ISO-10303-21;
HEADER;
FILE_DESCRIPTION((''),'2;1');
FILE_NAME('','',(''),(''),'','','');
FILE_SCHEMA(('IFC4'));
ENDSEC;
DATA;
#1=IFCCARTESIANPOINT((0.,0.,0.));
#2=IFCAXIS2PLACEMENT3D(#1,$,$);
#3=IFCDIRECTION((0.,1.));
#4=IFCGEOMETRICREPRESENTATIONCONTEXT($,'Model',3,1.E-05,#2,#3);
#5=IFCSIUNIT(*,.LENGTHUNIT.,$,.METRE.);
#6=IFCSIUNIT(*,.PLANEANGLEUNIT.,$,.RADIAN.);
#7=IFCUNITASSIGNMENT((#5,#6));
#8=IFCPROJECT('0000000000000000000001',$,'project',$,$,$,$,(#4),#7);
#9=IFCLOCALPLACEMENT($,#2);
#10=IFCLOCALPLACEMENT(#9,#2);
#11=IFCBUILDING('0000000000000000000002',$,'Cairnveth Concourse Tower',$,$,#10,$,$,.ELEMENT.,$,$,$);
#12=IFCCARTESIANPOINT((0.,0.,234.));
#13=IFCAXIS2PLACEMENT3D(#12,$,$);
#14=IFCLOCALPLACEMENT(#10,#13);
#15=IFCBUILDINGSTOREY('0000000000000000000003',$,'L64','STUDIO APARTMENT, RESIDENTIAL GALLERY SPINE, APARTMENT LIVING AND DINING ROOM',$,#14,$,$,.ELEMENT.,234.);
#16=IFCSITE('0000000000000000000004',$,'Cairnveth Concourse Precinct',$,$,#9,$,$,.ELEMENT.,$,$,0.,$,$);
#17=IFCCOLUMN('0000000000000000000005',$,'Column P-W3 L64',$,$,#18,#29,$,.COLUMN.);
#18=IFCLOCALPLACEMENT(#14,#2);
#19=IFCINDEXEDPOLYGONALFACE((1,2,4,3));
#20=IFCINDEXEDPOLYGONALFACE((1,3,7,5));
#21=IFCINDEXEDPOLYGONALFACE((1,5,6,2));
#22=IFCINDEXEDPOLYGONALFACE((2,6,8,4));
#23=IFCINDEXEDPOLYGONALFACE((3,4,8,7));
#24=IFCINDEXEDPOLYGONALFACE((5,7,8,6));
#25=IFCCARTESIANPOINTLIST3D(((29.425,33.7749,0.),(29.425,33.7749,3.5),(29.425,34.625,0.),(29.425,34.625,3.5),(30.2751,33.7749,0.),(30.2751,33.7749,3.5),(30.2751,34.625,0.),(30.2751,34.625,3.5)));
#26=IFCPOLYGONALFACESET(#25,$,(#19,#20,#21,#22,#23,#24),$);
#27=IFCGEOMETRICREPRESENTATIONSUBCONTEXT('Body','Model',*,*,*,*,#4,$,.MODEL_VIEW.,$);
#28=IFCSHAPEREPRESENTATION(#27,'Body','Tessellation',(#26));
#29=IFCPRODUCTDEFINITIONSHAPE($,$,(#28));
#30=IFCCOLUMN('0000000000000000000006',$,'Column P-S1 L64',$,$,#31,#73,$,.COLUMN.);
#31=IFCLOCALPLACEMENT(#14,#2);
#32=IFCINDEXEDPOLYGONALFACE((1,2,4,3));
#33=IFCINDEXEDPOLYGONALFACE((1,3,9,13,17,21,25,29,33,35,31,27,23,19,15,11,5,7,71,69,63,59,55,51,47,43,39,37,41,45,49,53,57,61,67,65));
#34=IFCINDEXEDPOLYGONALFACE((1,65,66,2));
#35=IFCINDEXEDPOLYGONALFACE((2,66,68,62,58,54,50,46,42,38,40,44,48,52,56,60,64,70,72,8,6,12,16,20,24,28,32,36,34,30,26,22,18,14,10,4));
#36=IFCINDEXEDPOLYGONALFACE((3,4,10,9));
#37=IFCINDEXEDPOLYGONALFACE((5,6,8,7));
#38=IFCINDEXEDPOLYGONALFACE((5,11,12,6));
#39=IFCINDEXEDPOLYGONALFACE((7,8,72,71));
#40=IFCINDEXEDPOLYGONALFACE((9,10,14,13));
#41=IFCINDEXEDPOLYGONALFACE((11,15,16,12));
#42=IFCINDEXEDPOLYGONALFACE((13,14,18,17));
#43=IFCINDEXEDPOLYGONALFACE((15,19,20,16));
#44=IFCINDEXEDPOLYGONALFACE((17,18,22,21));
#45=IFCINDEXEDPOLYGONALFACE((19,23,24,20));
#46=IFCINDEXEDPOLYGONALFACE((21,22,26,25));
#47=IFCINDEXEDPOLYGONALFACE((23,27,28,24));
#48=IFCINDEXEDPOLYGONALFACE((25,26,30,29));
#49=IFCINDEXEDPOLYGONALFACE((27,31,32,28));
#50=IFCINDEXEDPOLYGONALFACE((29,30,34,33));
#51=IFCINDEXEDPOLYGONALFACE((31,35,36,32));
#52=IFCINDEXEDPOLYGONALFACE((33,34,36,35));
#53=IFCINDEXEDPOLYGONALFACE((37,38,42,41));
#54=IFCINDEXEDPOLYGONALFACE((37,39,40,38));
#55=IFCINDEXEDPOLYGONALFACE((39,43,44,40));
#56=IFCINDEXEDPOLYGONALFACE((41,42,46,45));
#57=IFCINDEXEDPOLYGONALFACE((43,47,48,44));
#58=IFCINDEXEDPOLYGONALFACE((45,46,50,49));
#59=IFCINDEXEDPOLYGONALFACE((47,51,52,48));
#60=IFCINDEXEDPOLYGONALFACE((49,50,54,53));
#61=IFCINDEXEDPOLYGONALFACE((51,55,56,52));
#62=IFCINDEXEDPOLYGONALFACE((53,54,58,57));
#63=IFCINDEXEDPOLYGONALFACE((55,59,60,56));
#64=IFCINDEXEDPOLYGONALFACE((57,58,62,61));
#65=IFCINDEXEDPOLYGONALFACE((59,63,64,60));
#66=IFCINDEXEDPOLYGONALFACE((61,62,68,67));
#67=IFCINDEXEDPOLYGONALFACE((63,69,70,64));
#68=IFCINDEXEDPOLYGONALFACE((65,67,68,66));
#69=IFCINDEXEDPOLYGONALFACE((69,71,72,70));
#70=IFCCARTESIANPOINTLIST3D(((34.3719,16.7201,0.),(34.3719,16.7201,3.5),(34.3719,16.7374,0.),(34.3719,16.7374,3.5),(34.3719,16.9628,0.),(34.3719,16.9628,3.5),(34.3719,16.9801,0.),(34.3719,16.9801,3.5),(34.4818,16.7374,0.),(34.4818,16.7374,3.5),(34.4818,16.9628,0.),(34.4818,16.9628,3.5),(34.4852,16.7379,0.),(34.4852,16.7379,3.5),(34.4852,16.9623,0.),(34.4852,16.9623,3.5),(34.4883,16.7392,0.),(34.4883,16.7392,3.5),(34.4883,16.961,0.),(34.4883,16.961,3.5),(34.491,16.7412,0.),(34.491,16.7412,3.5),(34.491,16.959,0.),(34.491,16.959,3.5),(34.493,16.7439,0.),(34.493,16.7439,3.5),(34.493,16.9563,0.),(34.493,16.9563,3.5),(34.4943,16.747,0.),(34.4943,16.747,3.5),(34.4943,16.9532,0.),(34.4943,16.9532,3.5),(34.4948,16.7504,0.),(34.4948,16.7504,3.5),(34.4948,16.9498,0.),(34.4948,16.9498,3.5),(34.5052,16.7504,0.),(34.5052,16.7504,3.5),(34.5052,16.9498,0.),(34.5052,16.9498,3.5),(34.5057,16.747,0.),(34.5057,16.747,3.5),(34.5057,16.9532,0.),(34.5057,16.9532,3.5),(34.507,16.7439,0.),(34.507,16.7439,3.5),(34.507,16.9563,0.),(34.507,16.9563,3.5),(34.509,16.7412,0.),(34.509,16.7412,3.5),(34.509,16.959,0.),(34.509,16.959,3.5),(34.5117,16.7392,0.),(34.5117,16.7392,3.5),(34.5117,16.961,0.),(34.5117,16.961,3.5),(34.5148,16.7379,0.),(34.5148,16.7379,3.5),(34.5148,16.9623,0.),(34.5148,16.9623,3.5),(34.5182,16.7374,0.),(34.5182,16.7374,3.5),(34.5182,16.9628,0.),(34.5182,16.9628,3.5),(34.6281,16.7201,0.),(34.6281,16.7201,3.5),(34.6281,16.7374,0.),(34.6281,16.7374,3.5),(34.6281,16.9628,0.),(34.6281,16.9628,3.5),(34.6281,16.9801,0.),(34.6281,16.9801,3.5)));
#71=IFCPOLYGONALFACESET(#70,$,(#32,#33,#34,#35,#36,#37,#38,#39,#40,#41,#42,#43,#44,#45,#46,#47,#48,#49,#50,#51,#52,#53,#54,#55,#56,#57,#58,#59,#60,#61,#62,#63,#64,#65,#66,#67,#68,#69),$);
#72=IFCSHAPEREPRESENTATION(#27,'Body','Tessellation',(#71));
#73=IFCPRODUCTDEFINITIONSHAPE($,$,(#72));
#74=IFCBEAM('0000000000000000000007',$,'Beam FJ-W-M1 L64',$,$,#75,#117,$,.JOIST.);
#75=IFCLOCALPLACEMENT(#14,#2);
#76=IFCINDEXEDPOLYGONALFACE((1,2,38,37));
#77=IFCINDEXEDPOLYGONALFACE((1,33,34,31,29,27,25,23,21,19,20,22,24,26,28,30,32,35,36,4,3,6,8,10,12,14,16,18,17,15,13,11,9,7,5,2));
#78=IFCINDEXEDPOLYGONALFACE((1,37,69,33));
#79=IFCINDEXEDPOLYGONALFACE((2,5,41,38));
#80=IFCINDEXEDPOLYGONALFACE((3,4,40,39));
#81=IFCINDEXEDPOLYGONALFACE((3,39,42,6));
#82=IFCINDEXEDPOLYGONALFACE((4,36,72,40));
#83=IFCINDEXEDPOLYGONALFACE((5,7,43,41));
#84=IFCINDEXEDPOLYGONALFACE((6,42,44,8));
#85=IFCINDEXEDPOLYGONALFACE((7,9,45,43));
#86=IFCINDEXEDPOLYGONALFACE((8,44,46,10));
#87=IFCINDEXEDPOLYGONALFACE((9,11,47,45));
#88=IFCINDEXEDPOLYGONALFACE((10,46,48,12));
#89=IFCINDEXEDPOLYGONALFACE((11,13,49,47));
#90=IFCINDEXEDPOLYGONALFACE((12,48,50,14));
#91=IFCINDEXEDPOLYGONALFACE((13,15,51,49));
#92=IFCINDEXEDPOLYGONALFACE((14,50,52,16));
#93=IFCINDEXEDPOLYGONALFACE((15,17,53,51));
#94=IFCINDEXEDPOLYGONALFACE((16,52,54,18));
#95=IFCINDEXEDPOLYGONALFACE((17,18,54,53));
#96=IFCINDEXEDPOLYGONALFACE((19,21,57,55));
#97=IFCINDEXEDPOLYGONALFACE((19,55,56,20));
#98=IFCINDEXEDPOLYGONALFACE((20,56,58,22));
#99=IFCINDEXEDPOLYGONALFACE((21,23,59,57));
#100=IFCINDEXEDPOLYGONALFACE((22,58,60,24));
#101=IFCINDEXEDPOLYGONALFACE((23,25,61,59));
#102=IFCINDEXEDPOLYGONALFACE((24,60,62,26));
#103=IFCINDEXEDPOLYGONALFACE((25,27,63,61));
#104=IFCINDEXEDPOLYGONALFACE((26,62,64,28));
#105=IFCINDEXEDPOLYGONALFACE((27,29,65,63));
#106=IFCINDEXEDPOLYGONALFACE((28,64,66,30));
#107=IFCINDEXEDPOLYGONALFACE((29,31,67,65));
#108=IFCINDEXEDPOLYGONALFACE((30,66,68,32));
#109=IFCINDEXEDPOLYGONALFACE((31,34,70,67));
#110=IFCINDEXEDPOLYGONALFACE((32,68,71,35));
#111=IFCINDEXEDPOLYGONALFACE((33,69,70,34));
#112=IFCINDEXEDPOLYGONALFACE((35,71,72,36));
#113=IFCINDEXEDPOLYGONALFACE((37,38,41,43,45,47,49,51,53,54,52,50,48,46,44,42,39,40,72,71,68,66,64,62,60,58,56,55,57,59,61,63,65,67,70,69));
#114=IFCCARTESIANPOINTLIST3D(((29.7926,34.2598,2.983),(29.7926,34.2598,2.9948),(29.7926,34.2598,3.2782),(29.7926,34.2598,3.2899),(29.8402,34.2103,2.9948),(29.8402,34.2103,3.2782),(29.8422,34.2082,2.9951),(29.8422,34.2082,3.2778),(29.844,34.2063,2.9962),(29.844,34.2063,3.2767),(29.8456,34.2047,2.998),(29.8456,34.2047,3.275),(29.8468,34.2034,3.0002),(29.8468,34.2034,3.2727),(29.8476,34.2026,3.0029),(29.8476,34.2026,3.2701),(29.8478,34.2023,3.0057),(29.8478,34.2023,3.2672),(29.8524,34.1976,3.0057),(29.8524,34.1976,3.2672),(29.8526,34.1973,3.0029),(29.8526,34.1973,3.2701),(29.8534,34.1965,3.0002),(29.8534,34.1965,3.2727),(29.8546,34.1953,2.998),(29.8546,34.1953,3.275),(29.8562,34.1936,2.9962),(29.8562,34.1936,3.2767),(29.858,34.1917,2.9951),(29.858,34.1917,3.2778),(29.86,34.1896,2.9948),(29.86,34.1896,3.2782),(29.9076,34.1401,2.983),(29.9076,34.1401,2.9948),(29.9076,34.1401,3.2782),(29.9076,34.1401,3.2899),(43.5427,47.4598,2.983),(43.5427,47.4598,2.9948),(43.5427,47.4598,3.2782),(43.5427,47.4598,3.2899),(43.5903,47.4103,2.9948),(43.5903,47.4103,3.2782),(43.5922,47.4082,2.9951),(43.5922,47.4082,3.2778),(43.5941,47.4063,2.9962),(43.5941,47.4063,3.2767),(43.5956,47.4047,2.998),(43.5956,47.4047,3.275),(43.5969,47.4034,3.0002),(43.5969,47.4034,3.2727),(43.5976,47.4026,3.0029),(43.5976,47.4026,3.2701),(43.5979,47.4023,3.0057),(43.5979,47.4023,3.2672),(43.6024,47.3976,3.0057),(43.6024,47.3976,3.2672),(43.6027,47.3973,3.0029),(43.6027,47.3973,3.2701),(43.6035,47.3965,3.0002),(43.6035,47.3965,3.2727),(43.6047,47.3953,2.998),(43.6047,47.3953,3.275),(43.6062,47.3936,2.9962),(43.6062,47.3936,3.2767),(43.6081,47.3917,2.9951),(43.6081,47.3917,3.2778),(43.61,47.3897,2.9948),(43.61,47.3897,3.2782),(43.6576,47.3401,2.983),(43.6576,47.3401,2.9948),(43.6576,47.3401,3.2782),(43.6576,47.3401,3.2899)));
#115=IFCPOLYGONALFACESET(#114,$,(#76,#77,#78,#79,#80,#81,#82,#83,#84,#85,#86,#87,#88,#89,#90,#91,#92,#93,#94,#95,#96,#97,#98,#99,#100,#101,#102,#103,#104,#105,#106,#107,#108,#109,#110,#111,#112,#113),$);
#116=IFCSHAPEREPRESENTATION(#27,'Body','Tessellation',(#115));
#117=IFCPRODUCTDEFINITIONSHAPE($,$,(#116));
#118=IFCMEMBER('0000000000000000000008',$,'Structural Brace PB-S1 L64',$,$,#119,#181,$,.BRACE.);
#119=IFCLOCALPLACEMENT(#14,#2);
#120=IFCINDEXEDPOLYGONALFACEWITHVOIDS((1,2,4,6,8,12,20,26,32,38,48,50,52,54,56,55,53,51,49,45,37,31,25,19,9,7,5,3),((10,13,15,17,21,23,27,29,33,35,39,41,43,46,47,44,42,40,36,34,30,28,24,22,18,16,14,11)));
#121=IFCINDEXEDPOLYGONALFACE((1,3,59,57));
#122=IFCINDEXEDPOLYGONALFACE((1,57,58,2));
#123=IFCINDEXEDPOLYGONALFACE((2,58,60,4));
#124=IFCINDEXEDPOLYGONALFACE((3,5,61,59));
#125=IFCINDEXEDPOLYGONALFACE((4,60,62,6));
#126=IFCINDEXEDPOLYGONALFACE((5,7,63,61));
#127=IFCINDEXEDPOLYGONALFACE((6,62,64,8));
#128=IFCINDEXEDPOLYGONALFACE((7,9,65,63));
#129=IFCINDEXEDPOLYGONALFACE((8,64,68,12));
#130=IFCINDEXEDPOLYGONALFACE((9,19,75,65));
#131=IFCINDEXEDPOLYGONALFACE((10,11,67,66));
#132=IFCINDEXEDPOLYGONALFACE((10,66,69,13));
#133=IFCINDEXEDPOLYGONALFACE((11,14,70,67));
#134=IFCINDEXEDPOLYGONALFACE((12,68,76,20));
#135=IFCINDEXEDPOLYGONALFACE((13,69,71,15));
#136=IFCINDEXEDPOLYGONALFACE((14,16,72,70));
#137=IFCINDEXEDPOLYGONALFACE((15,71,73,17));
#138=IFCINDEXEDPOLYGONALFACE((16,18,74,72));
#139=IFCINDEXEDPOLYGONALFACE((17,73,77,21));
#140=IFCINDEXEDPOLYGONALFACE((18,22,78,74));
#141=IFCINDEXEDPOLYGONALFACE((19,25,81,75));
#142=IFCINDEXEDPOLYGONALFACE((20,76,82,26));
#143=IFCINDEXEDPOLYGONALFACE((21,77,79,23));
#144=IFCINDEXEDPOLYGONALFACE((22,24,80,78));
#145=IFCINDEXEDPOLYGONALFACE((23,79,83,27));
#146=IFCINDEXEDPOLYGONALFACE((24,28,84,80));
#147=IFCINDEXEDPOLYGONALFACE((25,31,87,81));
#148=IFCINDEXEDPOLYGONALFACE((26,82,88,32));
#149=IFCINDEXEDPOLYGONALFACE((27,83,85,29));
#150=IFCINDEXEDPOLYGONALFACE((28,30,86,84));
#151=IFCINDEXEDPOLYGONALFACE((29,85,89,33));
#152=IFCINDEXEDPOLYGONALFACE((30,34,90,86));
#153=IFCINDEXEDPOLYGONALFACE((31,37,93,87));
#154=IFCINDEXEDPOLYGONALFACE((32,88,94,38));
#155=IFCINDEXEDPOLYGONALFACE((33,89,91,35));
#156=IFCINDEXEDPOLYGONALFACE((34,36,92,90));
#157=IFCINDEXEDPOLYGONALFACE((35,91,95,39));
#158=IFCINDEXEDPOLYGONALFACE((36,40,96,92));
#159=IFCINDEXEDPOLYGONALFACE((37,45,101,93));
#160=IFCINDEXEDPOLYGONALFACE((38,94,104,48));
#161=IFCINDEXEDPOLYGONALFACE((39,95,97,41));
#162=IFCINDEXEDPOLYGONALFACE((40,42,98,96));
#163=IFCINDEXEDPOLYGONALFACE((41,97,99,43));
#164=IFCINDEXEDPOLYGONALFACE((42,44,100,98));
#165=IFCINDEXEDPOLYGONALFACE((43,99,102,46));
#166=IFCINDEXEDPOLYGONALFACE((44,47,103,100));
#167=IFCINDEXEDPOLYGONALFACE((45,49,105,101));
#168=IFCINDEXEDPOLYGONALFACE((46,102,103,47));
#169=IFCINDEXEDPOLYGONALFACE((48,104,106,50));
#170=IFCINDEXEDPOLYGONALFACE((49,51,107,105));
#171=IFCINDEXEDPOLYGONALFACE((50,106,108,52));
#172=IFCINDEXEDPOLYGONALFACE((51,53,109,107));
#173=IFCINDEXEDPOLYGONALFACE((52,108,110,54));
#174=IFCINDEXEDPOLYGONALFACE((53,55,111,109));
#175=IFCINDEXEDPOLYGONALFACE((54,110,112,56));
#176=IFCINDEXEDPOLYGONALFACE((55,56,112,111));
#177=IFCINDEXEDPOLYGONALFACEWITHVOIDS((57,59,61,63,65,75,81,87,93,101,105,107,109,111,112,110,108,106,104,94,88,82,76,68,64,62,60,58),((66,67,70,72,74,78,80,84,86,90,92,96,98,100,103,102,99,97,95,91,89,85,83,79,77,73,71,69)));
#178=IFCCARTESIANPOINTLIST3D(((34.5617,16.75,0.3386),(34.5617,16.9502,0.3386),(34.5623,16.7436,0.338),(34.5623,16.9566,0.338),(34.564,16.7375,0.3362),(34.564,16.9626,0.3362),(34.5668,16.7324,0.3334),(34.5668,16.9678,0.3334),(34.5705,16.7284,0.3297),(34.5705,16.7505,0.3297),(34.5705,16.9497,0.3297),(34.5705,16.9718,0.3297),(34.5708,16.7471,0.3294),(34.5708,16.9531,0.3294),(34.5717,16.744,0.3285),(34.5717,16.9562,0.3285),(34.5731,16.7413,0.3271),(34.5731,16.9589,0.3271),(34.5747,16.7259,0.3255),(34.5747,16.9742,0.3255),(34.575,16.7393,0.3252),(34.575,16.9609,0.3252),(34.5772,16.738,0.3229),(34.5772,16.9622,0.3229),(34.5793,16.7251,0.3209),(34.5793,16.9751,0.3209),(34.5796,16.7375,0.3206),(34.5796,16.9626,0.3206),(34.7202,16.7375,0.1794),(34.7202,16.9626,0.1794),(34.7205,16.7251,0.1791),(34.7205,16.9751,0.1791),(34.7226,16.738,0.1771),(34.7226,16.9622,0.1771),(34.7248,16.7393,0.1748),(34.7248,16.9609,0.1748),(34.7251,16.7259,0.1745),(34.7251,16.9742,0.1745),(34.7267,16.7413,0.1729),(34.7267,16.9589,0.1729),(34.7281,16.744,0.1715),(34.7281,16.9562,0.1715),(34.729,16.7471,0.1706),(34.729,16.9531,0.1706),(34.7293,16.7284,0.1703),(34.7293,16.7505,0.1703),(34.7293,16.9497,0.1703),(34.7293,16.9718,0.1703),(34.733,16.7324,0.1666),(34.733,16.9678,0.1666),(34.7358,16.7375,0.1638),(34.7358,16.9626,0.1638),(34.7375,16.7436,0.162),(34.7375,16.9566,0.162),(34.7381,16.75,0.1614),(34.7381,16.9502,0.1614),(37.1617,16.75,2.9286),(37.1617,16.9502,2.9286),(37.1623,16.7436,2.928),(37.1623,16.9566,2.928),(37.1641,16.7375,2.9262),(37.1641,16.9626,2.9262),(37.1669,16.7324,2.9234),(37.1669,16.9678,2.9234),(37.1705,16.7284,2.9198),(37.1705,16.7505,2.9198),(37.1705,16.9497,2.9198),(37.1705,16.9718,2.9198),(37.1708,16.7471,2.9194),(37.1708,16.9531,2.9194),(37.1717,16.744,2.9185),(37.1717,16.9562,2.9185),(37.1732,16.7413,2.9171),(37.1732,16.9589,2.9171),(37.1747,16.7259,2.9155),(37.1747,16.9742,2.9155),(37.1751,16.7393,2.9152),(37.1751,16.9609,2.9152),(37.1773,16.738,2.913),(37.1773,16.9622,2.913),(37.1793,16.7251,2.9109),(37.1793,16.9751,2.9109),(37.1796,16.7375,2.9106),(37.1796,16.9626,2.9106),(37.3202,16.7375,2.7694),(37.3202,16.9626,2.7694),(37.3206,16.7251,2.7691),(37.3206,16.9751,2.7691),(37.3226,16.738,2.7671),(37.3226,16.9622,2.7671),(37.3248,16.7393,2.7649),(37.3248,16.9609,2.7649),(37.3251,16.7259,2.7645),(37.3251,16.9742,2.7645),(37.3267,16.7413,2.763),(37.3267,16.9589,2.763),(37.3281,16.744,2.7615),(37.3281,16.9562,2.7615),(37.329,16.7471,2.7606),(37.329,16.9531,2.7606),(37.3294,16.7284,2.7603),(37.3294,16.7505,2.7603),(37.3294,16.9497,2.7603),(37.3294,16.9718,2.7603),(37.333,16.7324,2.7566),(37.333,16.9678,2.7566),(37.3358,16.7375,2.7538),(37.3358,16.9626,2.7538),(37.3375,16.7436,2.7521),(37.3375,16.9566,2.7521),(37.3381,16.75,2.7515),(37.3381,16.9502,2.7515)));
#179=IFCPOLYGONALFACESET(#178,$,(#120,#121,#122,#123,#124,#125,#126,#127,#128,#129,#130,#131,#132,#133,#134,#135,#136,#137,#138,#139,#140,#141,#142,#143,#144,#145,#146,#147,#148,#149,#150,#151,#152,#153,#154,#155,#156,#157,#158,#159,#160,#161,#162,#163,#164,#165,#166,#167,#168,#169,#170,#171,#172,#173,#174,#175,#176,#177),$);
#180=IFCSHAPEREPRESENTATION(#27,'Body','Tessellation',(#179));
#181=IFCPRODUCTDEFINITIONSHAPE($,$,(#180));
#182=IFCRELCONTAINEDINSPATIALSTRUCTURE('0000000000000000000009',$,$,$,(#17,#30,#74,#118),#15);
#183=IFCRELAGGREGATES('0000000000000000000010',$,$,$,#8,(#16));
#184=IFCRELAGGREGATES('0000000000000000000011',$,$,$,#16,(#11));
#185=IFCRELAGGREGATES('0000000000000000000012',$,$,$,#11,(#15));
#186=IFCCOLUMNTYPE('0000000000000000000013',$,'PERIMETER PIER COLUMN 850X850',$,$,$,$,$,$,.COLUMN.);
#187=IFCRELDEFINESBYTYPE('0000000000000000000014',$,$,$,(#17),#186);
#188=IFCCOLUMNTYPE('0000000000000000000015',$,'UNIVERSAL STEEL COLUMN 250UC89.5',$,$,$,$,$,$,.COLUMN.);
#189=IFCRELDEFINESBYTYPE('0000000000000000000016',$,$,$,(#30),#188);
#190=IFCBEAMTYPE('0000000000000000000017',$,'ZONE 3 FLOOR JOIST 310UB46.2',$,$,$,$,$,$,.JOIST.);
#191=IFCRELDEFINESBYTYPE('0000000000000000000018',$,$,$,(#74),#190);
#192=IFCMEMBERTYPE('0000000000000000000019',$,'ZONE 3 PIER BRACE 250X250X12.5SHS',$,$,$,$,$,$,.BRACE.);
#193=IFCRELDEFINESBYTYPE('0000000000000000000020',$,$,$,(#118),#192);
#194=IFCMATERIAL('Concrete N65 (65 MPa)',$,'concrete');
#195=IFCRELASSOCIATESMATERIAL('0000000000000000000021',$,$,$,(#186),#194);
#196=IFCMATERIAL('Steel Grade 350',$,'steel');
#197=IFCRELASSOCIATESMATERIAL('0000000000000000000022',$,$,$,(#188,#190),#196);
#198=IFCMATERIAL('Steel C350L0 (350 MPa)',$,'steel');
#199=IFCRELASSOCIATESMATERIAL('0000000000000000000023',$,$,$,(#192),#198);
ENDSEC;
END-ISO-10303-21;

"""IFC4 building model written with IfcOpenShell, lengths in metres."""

from ifc_helpers import new_model, si_unit, direction, frame, origin, origin_2d, place, context, subcontext, project, spatial, rectangle, hollow_rectangle, i_section, extrude, material, material_profile, profile_set, type_object, element, save


model = new_model("IFC4")

# Units and contexts
model_context = context("Model", 3, precision=1e-05, world=origin(), true_north=direction((0.0, 1.0)))
body_context = subcontext(model_context, "Body", "Model", "MODEL_VIEW")
ifc_project = project(units=[si_unit("LENGTHUNIT", "METRE"), si_unit("PLANEANGLEUNIT", "RADIAN")], contexts=[model_context])

# Site, building, storey
site_placement = place(None, origin())
site = spatial("IfcSite", under=ifc_project, at=site_placement, Name="Cairnveth Concourse Precinct", CompositionType="ELEMENT", RefElevation=0.0)
building_placement = place(site_placement, origin())
building = spatial("IfcBuilding", under=site, at=building_placement, Name="Cairnveth Concourse Tower", CompositionType="ELEMENT")
storey_placement = place(building_placement, frame((0.0, 0.0, 234.0)))
storey = spatial("IfcBuildingStorey", under=building, at=storey_placement, Name="L64", Description="STUDIO APARTMENT, RESIDENTIAL GALLERY SPINE, APARTMENT LIVING AND DINING ROOM", CompositionType="ELEMENT", Elevation=234.0)

# Columns
ifc_material_1 = material(Name="Concrete N65 (65 MPa)", Category="concrete")
ifc_material_profile_1 = material_profile(ifc_material_1, rectangle(XDim=0.8501, YDim=0.8501, at=origin_2d()), Name="RC-COL-850x850")
ifc_profile_set_1 = profile_set([ifc_material_profile_1], Name="Concrete N65 (65 MPa)")
column_type_1 = type_object("IfcColumnType", Name="PERIMETER PIER COLUMN 850X850", PredefinedType="COLUMN", material=ifc_profile_set_1)
column_1_placement = place(storey_placement, frame((29.8501, 34.2, 0.0), z_axis=(0.0, 0.0, 1.0), x_axis=(0.0, 1.0, 0.0)))
element("IfcColumn", 1, at=column_1_placement, inside=storey, type_object=column_type_1, Name="Column P-W3 L64", PredefinedType="COLUMN", context=body_context, shape_type="SweptSolid", body=[
    extrude(rectangle(XDim=0.8501, YDim=0.8501, at=origin_2d()), origin(), (0.0, 0.0, 1.0), 3.5),
])
ifc_material_2 = material(Name="Steel Grade 350", Category="steel")
ifc_material_profile_2 = material_profile(ifc_material_2, i_section(OverallWidth=0.2561, OverallDepth=0.26, WebThickness=0.0105, FlangeThickness=0.0173, FilletRadius=0.0129, at=origin_2d()), Name="250UC89.5")
ifc_profile_set_2 = profile_set([ifc_material_profile_2], Name="Steel Grade 350")
column_type_2 = type_object("IfcColumnType", Name="UNIVERSAL STEEL COLUMN 250UC89.5", PredefinedType="COLUMN", material=ifc_profile_set_2)
column_2_placement = place(storey_placement, frame((34.5, 16.8501, 0.0), z_axis=(0.0, 0.0, 1.0), x_axis=(1.0, 0.0, 0.0)))
element("IfcColumn", 2, at=column_2_placement, inside=storey, type_object=column_type_2, Name="Column P-S1 L64", PredefinedType="COLUMN", context=body_context, shape_type="SweptSolid", body=[
    extrude(i_section(OverallWidth=0.2561, OverallDepth=0.26, WebThickness=0.0105, FlangeThickness=0.0173, FilletRadius=0.0129, at=origin_2d()), origin(), (0.0, 0.0, 1.0), 3.5),
])

# Beam
ifc_material_profile_3 = material_profile(ifc_material_2, i_section(OverallWidth=0.166, OverallDepth=0.3069, WebThickness=0.0066, FlangeThickness=0.0117, FilletRadius=0.011, at=origin_2d()), Name="310UB46.2")
ifc_profile_set_3 = profile_set([ifc_material_profile_3], Name="Steel Grade 350")
beam_type_1 = type_object("IfcBeamType", Name="ZONE 3 FLOOR JOIST 310UB46.2", PredefinedType="JOIST", material=ifc_profile_set_3)
beam_1_placement = place(storey_placement, frame((29.8501, 34.2, 3.1365), z_axis=(0.721389, 0.69253, 0.0), x_axis=(-0.69253, 0.721389, 0.0)))
element("IfcBeam", 3, at=beam_1_placement, inside=storey, type_object=beam_type_1, Name="Beam FJ-W-M1 L64", PredefinedType="JOIST", context=body_context, shape_type="SweptSolid", body=[
    extrude(i_section(OverallWidth=0.166, OverallDepth=0.3069, WebThickness=0.0066, FlangeThickness=0.0117, FilletRadius=0.011, at=origin_2d()), origin(), (0.0, 0.0, 1.0), 19.0605),
])

# Member
ifc_material_3 = material(Name="Steel C350L0 (350 MPa)", Category="steel")
ifc_material_profile_4 = material_profile(ifc_material_3, hollow_rectangle(XDim=0.25, YDim=0.25, WallThickness=0.0125, InnerFilletRadius=0.0129, OuterFilletRadius=0.0249, at=origin_2d()), Name="250x250x12.5SHS")
ifc_profile_set_4 = profile_set([ifc_material_profile_4], Name="Steel C350L0 (350 MPa)")
member_type = type_object("IfcMemberType", Name="ZONE 3 PIER BRACE 250X250X12.5SHS", PredefinedType="BRACE", material=ifc_profile_set_4)
member_placement = place(storey_placement, frame((34.6499, 16.8501, 0.25), z_axis=(0.708469, 0.0, 0.705742), x_axis=(0.0, 1.0, 0.0)))
element("IfcMember", 4, at=member_placement, inside=storey, type_object=member_type, Name="Structural Brace PB-S1 L64", PredefinedType="BRACE", context=body_context, shape_type="SweptSolid", body=[
    extrude(hollow_rectangle(XDim=0.25, YDim=0.25, WallThickness=0.0125, InnerFilletRadius=0.0129, OuterFilletRadius=0.0249, at=origin_2d()), origin(), (0.0, 0.0, 1.0), 3.6699),
])

save(model, "model.ifc")
